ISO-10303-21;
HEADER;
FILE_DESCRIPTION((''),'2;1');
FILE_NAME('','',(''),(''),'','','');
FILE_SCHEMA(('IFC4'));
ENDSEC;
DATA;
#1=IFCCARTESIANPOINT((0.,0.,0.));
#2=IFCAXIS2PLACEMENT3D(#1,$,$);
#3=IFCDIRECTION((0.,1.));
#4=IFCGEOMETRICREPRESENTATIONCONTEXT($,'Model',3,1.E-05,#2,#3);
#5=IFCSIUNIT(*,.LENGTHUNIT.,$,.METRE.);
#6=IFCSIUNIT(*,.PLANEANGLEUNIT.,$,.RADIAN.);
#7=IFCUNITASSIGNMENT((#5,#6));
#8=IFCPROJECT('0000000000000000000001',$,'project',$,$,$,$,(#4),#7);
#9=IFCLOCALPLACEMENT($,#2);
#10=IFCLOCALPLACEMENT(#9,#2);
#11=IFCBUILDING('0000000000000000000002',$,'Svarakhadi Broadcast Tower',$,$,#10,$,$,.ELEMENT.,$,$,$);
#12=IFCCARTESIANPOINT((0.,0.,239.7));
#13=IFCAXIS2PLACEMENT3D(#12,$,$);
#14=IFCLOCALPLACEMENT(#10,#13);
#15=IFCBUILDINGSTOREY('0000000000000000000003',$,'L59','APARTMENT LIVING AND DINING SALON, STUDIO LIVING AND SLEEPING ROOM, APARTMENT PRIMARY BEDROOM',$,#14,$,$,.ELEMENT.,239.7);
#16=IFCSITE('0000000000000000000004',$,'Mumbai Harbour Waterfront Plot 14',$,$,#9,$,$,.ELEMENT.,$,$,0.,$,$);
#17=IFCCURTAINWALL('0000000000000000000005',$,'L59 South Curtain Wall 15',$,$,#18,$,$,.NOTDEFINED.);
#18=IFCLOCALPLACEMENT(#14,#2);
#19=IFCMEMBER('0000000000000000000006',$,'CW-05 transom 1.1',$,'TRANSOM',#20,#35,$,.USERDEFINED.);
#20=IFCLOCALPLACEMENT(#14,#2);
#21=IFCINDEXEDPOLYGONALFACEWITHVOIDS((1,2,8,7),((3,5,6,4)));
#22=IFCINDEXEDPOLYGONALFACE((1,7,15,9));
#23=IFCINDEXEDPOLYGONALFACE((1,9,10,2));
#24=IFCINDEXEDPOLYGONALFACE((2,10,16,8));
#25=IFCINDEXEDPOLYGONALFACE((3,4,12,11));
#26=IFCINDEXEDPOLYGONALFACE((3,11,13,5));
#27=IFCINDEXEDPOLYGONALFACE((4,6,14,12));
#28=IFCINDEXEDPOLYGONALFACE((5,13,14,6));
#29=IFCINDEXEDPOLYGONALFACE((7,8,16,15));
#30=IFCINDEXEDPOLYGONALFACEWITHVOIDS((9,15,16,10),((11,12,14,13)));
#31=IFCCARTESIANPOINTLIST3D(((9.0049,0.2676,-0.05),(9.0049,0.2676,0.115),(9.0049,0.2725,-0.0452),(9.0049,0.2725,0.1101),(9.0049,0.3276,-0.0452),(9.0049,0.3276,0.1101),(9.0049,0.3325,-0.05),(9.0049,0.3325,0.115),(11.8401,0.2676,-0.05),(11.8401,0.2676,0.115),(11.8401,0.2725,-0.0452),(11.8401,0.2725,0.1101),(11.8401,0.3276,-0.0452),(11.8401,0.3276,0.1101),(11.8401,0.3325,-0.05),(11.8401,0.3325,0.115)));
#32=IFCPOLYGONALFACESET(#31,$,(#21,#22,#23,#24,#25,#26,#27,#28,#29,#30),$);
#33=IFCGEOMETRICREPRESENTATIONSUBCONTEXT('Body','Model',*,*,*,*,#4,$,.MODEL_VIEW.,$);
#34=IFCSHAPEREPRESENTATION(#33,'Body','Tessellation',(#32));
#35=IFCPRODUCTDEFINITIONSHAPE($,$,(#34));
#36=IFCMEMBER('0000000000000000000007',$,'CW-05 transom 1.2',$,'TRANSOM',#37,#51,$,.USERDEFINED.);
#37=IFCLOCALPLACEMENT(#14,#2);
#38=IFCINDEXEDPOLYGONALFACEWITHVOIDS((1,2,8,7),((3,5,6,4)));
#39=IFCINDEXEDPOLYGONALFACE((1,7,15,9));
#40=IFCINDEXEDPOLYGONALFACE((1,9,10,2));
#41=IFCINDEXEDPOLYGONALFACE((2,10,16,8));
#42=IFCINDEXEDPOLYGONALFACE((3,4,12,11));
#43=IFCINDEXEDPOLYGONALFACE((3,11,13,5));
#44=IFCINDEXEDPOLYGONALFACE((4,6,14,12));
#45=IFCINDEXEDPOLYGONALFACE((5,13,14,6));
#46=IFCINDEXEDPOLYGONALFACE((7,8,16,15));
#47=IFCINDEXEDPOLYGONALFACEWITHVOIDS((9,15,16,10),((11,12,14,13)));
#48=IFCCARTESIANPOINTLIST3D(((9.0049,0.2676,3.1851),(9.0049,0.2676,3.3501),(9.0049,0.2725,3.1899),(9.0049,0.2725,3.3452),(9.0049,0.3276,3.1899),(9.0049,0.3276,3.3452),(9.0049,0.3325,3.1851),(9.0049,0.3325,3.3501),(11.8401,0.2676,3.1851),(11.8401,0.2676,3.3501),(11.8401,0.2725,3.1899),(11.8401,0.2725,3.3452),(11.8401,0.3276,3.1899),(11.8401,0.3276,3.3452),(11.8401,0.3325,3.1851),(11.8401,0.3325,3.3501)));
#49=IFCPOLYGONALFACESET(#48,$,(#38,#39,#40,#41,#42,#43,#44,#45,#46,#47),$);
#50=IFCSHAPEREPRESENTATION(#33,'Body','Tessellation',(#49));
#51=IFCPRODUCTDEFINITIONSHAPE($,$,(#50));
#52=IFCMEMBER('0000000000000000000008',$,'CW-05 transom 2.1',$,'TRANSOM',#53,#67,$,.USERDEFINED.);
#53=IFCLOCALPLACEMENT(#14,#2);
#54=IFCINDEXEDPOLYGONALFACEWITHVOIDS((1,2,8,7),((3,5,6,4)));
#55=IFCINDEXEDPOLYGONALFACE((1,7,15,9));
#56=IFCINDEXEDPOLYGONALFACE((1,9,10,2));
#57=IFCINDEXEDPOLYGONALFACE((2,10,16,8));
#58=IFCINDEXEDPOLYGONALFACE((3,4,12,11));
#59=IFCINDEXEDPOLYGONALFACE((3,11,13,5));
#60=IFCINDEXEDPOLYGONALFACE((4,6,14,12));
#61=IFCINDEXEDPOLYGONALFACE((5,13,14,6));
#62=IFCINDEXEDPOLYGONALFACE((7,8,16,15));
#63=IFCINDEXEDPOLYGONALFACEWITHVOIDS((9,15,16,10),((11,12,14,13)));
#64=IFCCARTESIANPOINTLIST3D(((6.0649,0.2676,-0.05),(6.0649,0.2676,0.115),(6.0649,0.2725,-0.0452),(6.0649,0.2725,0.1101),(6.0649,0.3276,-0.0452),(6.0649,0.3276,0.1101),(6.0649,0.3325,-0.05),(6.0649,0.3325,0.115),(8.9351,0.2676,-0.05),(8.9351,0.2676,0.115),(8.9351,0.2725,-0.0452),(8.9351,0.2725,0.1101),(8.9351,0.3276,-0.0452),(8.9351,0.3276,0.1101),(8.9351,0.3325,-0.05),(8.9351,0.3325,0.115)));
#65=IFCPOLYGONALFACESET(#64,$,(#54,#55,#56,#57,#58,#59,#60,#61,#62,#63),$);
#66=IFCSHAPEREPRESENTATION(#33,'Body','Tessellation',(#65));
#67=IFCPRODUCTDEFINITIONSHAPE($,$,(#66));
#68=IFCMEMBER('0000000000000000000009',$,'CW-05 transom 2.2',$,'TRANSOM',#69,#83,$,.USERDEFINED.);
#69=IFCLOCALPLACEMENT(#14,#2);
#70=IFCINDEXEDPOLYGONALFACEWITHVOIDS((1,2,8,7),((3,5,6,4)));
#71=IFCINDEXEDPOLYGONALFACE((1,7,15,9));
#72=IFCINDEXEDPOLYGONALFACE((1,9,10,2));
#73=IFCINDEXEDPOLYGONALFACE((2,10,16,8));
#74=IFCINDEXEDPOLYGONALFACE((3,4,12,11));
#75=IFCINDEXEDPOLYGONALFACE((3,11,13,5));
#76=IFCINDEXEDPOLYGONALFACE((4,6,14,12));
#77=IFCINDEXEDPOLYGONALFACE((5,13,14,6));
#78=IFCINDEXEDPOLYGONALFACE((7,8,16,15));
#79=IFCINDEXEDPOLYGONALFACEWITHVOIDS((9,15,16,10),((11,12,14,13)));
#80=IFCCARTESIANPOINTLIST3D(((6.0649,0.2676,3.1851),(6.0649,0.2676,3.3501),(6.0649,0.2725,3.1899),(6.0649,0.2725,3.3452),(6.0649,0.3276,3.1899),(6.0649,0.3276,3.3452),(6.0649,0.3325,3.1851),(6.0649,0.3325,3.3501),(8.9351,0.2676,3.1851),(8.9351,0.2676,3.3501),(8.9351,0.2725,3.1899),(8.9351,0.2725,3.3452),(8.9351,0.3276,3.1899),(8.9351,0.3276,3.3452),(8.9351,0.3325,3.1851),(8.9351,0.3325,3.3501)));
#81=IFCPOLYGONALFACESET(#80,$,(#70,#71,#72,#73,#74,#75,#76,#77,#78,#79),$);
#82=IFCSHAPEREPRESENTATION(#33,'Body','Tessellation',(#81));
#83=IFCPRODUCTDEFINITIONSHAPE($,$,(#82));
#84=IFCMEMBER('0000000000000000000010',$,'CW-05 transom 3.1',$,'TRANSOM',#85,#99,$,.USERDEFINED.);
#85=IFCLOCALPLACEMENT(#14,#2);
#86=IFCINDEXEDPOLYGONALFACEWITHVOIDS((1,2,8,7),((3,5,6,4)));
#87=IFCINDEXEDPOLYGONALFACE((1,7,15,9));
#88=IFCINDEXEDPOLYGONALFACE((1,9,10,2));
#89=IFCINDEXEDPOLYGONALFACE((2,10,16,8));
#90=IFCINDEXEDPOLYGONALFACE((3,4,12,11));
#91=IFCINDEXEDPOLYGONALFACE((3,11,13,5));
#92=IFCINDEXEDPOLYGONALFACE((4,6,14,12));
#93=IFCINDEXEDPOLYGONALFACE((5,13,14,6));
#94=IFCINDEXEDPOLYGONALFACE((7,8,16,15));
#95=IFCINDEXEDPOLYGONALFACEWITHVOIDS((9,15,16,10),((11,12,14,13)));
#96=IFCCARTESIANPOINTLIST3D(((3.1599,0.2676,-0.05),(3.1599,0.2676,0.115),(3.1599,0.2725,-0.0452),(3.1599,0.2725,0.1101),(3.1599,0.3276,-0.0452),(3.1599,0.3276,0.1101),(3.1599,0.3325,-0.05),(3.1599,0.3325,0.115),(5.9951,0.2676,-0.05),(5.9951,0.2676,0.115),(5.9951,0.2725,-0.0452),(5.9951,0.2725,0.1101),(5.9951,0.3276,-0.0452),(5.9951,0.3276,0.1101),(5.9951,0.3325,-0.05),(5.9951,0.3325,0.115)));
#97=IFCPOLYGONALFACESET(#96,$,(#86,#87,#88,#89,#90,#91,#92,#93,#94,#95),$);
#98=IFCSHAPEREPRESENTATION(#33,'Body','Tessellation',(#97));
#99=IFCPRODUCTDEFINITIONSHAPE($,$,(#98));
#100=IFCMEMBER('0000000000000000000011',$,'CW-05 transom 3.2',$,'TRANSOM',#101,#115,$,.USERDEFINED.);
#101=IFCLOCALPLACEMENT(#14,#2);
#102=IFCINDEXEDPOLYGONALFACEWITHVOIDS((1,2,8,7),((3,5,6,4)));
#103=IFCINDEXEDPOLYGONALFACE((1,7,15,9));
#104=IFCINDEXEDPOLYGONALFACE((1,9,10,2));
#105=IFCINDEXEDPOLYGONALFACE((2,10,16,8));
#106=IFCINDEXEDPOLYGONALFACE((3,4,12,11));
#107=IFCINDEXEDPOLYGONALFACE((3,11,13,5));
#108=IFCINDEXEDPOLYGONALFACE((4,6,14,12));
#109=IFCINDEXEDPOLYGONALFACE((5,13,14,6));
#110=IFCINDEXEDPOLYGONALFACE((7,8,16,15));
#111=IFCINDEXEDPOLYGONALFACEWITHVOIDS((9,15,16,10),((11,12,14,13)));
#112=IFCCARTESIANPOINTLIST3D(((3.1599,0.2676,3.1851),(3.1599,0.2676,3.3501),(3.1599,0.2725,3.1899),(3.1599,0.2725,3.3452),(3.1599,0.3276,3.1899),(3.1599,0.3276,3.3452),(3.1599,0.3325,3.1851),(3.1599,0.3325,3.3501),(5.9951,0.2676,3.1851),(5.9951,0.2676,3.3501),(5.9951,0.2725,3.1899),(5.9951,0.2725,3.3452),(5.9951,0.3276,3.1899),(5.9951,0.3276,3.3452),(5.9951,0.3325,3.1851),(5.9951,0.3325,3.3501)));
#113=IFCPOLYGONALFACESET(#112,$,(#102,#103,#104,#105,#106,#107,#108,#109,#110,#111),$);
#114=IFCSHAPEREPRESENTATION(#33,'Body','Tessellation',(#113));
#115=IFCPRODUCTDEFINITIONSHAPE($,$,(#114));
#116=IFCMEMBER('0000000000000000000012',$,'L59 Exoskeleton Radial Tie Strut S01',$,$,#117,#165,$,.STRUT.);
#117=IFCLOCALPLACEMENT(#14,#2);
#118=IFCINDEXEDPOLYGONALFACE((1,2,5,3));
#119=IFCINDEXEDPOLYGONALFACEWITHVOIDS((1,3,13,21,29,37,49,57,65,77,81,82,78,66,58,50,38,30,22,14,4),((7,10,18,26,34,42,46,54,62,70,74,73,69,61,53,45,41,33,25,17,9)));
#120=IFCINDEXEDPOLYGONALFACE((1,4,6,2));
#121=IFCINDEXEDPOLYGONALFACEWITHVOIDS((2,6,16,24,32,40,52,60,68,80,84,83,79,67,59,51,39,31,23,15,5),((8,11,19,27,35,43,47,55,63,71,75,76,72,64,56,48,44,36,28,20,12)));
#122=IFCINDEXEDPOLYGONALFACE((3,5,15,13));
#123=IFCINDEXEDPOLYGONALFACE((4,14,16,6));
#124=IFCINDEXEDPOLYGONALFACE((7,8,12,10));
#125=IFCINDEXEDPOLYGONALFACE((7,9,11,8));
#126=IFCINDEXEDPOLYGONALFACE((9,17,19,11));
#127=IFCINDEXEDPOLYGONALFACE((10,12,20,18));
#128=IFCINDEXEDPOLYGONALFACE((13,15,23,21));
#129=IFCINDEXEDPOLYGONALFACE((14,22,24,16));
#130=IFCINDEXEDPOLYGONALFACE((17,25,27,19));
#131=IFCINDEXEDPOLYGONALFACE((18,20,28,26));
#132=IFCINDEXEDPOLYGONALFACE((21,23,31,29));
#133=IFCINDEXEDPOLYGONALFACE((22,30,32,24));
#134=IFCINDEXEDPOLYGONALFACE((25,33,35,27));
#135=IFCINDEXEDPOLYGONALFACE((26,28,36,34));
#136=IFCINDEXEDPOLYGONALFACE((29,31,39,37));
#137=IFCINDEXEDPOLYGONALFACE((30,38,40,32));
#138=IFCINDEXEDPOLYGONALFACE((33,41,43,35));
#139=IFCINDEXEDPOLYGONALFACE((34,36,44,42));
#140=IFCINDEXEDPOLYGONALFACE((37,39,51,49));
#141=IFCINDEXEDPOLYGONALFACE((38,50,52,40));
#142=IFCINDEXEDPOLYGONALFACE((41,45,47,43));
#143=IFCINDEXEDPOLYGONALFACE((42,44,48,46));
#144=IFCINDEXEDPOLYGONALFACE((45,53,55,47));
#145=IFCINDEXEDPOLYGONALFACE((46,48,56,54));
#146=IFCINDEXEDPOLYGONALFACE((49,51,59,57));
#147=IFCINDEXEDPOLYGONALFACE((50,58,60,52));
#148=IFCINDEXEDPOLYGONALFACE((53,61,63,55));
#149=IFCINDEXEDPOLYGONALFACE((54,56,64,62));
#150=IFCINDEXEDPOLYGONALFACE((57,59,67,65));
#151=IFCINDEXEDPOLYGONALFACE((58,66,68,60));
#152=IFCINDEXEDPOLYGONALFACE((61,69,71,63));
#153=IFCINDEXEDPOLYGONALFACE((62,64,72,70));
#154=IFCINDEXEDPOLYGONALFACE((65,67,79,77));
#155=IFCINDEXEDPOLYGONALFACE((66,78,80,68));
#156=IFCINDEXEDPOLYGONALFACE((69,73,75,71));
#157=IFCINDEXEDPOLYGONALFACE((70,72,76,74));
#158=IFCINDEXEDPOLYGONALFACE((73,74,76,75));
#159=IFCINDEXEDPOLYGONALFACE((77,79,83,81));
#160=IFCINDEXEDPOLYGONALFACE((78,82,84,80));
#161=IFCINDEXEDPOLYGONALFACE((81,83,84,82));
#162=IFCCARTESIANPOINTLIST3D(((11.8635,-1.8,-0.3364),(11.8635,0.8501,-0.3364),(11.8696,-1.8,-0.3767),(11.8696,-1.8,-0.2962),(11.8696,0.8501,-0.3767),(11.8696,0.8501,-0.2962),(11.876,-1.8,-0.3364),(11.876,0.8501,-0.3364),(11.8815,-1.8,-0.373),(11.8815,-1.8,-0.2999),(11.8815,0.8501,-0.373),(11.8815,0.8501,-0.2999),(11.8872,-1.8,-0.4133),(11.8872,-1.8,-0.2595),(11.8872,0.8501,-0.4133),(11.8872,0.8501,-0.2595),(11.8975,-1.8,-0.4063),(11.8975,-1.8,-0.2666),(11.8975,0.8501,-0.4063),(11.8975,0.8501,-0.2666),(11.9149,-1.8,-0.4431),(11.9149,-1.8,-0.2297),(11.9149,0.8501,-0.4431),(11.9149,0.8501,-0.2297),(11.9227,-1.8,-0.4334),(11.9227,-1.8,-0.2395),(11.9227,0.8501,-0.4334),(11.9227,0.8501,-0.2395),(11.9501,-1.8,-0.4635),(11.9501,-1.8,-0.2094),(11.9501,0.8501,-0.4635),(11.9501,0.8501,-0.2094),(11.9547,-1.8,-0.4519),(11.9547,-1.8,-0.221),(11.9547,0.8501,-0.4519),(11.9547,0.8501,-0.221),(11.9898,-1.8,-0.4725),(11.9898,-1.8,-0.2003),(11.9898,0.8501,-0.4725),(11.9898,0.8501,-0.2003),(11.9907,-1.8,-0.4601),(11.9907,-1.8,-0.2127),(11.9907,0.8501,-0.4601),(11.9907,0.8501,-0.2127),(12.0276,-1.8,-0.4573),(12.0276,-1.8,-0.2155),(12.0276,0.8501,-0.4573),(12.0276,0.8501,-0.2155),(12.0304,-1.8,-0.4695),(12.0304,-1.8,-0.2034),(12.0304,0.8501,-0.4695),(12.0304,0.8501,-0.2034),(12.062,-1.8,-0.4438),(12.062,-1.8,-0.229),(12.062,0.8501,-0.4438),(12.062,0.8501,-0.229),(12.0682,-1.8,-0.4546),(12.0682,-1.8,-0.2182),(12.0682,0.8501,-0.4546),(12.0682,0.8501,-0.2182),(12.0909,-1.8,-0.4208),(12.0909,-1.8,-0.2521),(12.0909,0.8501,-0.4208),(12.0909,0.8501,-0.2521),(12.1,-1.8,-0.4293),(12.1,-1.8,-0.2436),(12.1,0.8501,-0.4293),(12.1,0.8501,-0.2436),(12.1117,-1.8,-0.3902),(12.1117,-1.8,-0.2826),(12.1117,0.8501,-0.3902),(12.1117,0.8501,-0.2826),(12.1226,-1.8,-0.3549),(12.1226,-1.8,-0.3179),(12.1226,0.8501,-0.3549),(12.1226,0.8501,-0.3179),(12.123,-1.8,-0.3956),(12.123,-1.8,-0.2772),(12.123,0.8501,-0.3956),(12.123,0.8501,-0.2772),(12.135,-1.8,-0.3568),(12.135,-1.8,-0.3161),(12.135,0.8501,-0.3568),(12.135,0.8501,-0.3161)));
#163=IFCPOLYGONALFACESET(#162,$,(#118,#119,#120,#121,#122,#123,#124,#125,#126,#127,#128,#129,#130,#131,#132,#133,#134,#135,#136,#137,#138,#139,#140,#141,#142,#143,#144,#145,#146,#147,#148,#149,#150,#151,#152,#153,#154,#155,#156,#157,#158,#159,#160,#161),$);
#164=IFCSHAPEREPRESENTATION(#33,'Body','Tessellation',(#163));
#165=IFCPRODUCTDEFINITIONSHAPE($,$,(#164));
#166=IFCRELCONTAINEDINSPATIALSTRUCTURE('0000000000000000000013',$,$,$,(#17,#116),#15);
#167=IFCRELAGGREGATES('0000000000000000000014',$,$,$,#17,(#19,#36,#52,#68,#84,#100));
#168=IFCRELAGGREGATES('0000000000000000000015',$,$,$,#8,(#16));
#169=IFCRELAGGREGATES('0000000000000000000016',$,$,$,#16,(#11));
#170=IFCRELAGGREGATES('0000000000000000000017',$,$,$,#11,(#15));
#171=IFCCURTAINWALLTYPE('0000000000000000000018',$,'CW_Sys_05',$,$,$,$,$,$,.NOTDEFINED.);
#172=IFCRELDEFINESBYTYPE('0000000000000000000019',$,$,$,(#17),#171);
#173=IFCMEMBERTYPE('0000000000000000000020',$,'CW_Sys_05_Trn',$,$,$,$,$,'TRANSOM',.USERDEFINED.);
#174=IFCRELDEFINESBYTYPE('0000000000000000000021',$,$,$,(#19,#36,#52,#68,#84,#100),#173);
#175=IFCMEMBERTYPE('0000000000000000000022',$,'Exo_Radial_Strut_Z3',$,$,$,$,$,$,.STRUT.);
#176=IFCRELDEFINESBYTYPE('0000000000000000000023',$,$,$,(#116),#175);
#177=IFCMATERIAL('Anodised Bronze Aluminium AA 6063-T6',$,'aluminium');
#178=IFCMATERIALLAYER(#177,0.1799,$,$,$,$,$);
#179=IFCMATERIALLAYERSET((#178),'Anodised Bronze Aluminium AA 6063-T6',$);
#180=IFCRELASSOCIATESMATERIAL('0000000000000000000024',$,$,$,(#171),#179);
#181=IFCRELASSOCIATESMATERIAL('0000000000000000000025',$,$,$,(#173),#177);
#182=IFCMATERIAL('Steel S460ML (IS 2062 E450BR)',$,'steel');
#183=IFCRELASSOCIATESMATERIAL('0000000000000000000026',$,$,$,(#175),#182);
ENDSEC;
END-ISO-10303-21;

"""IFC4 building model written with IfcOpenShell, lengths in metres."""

from ifc_helpers import new_model, si_unit, direction, frame, origin, origin_2d, place, context, subcontext, project, spatial, hollow_rectangle, hollow_circle, extrude, material, layer, layer_set, material_profile, profile_set, type_object, element, aggregate, save


model = new_model("IFC4")

# Units and contexts
model_context = context("Model", 3, precision=1e-05, world=origin(), true_north=direction((0.0, 1.0)))
body_context = subcontext(model_context, "Body", "Model", "MODEL_VIEW")
ifc_project = project(units=[si_unit("LENGTHUNIT", "METRE"), si_unit("PLANEANGLEUNIT", "RADIAN")], contexts=[model_context])

# Site, building, storey
site_placement = place(None, origin())
site = spatial("IfcSite", under=ifc_project, at=site_placement, Name="Mumbai Harbour Waterfront Plot 14", CompositionType="ELEMENT", RefElevation=0.0)
building_placement = place(site_placement, origin())
building = spatial("IfcBuilding", under=site, at=building_placement, Name="Svarakhadi Broadcast Tower", CompositionType="ELEMENT")
storey_placement = place(building_placement, frame((0.0, 0.0, 239.7)))
storey = spatial("IfcBuildingStorey", under=building, at=storey_placement, Name="L59", Description="APARTMENT LIVING AND DINING SALON, STUDIO LIVING AND SLEEPING ROOM, APARTMENT PRIMARY BEDROOM", CompositionType="ELEMENT", Elevation=239.7)

# Shared definitions
ifc_material_1 = material(Name="Steel S460ML (IS 2062 E450BR)", Category="steel")

# Curtain wall, members
ifc_material_2 = material(Name="Anodised Bronze Aluminium AA 6063-T6", Category="aluminium")
ifc_layer_1 = layer(ifc_material_2, 0.1799)
ifc_layer_set_1 = layer_set([ifc_layer_1], Name="Anodised Bronze Aluminium AA 6063-T6")
curtain_wall_type = type_object("IfcCurtainWallType", Name="CW_Sys_05", PredefinedType="NOTDEFINED", material=ifc_layer_set_1)
curtain_wall_placement = place(storey_placement, origin())
curtain_wall = element("IfcCurtainWall", 1, at=curtain_wall_placement, inside=storey, type_object=curtain_wall_type, Name="L59 South Curtain Wall 15", PredefinedType="NOTDEFINED")
ifc_material_profile_1 = material_profile(ifc_material_2, hollow_rectangle(XDim=0.0649, YDim=0.165, WallThickness=0.0049, at=origin_2d()), Name="ALU TRANSOM 165x65x5")
ifc_profile_set_1 = profile_set([ifc_material_profile_1], Name="Anodised Bronze Aluminium AA 6063-T6")
member_type_1 = type_object("IfcMemberType", Name="CW_Sys_05_Trn", ElementType="TRANSOM", PredefinedType="USERDEFINED", material=ifc_profile_set_1)
member_1_placement = place(storey_placement, frame((11.8401, 0.3, 0.0325), z_axis=(-1.0, 0.0, 0.0), x_axis=(0.0, -1.0, 0.0)))
member_1 = element("IfcMember", 2, at=member_1_placement, type_object=member_type_1, Name="CW-05 transom 1.1", ObjectType="TRANSOM", PredefinedType="USERDEFINED", context=body_context, shape_type="SweptSolid", body=[
    extrude(hollow_rectangle(XDim=0.0649, YDim=0.165, WallThickness=0.0049, at=origin_2d()), origin(), (0.0, 0.0, 1.0), 2.8352),
])
member_2_placement = place(storey_placement, frame((11.8401, 0.3, 3.2676), z_axis=(-1.0, 0.0, 0.0), x_axis=(0.0, -1.0, 0.0)))
member_2 = element("IfcMember", 3, at=member_2_placement, type_object=member_type_1, Name="CW-05 transom 1.2", ObjectType="TRANSOM", PredefinedType="USERDEFINED", context=body_context, shape_type="SweptSolid", body=[
    extrude(hollow_rectangle(XDim=0.0649, YDim=0.165, WallThickness=0.0049, at=origin_2d()), origin(), (0.0, 0.0, 1.0), 2.8352),
])
member_3_placement = place(storey_placement, frame((8.9351, 0.3, 0.0325), z_axis=(-1.0, 0.0, 0.0), x_axis=(0.0, -1.0, 0.0)))
member_3 = element("IfcMember", 4, at=member_3_placement, type_object=member_type_1, Name="CW-05 transom 2.1", ObjectType="TRANSOM", PredefinedType="USERDEFINED", context=body_context, shape_type="SweptSolid", body=[
    extrude(hollow_rectangle(XDim=0.0649, YDim=0.165, WallThickness=0.0049, at=origin_2d()), origin(), (0.0, 0.0, 1.0), 2.8701),
])
member_4_placement = place(storey_placement, frame((8.9351, 0.3, 3.2676), z_axis=(-1.0, 0.0, 0.0), x_axis=(0.0, -1.0, 0.0)))
member_4 = element("IfcMember", 5, at=member_4_placement, type_object=member_type_1, Name="CW-05 transom 2.2", ObjectType="TRANSOM", PredefinedType="USERDEFINED", context=body_context, shape_type="SweptSolid", body=[
    extrude(hollow_rectangle(XDim=0.0649, YDim=0.165, WallThickness=0.0049, at=origin_2d()), origin(), (0.0, 0.0, 1.0), 2.8701),
])
member_5_placement = place(storey_placement, frame((5.9951, 0.3, 0.0325), z_axis=(-1.0, 0.0, 0.0), x_axis=(0.0, -1.0, 0.0)))
member_5 = element("IfcMember", 6, at=member_5_placement, type_object=member_type_1, Name="CW-05 transom 3.1", ObjectType="TRANSOM", PredefinedType="USERDEFINED", context=body_context, shape_type="SweptSolid", body=[
    extrude(hollow_rectangle(XDim=0.0649, YDim=0.165, WallThickness=0.0049, at=origin_2d()), origin(), (0.0, 0.0, 1.0), 2.8352),
])
member_6_placement = place(storey_placement, frame((5.9951, 0.3, 3.2676), z_axis=(-1.0, 0.0, 0.0), x_axis=(0.0, -1.0, 0.0)))
member_6 = element("IfcMember", 7, at=member_6_placement, type_object=member_type_1, Name="CW-05 transom 3.2", ObjectType="TRANSOM", PredefinedType="USERDEFINED", context=body_context, shape_type="SweptSolid", body=[
    extrude(hollow_rectangle(XDim=0.0649, YDim=0.165, WallThickness=0.0049, at=origin_2d()), origin(), (0.0, 0.0, 1.0), 2.8352),
])

# Member
ifc_material_profile_2 = material_profile(ifc_material_1, hollow_circle(Radius=0.1365, WallThickness=0.0125, at=origin_2d()), Name="CHS 273x12.5")
ifc_profile_set_2 = profile_set([ifc_material_profile_2], Name="Steel S460ML (IS 2062 E450BR)")
member_type_2 = type_object("IfcMemberType", Name="Exo_Radial_Strut_Z3", PredefinedType="STRUT", material=ifc_profile_set_2)
member_7_placement = place(storey_placement, frame((12.0, -1.8, -0.3364), z_axis=(0.0, 1.0, 0.0), x_axis=(-1.0, 0.0, 0.0)))
element("IfcMember", 8, at=member_7_placement, inside=storey, type_object=member_type_2, Name="L59 Exoskeleton Radial Tie Strut S01", PredefinedType="STRUT", context=body_context, shape_type="SweptSolid", body=[
    extrude(hollow_circle(Radius=0.1365, WallThickness=0.0125, at=origin_2d()), origin(), (0.0, 0.0, 1.0), 2.6501),
])

aggregate(curtain_wall, [member_1, member_2, member_3, member_4, member_5, member_6])

save(model, "model.ifc")
